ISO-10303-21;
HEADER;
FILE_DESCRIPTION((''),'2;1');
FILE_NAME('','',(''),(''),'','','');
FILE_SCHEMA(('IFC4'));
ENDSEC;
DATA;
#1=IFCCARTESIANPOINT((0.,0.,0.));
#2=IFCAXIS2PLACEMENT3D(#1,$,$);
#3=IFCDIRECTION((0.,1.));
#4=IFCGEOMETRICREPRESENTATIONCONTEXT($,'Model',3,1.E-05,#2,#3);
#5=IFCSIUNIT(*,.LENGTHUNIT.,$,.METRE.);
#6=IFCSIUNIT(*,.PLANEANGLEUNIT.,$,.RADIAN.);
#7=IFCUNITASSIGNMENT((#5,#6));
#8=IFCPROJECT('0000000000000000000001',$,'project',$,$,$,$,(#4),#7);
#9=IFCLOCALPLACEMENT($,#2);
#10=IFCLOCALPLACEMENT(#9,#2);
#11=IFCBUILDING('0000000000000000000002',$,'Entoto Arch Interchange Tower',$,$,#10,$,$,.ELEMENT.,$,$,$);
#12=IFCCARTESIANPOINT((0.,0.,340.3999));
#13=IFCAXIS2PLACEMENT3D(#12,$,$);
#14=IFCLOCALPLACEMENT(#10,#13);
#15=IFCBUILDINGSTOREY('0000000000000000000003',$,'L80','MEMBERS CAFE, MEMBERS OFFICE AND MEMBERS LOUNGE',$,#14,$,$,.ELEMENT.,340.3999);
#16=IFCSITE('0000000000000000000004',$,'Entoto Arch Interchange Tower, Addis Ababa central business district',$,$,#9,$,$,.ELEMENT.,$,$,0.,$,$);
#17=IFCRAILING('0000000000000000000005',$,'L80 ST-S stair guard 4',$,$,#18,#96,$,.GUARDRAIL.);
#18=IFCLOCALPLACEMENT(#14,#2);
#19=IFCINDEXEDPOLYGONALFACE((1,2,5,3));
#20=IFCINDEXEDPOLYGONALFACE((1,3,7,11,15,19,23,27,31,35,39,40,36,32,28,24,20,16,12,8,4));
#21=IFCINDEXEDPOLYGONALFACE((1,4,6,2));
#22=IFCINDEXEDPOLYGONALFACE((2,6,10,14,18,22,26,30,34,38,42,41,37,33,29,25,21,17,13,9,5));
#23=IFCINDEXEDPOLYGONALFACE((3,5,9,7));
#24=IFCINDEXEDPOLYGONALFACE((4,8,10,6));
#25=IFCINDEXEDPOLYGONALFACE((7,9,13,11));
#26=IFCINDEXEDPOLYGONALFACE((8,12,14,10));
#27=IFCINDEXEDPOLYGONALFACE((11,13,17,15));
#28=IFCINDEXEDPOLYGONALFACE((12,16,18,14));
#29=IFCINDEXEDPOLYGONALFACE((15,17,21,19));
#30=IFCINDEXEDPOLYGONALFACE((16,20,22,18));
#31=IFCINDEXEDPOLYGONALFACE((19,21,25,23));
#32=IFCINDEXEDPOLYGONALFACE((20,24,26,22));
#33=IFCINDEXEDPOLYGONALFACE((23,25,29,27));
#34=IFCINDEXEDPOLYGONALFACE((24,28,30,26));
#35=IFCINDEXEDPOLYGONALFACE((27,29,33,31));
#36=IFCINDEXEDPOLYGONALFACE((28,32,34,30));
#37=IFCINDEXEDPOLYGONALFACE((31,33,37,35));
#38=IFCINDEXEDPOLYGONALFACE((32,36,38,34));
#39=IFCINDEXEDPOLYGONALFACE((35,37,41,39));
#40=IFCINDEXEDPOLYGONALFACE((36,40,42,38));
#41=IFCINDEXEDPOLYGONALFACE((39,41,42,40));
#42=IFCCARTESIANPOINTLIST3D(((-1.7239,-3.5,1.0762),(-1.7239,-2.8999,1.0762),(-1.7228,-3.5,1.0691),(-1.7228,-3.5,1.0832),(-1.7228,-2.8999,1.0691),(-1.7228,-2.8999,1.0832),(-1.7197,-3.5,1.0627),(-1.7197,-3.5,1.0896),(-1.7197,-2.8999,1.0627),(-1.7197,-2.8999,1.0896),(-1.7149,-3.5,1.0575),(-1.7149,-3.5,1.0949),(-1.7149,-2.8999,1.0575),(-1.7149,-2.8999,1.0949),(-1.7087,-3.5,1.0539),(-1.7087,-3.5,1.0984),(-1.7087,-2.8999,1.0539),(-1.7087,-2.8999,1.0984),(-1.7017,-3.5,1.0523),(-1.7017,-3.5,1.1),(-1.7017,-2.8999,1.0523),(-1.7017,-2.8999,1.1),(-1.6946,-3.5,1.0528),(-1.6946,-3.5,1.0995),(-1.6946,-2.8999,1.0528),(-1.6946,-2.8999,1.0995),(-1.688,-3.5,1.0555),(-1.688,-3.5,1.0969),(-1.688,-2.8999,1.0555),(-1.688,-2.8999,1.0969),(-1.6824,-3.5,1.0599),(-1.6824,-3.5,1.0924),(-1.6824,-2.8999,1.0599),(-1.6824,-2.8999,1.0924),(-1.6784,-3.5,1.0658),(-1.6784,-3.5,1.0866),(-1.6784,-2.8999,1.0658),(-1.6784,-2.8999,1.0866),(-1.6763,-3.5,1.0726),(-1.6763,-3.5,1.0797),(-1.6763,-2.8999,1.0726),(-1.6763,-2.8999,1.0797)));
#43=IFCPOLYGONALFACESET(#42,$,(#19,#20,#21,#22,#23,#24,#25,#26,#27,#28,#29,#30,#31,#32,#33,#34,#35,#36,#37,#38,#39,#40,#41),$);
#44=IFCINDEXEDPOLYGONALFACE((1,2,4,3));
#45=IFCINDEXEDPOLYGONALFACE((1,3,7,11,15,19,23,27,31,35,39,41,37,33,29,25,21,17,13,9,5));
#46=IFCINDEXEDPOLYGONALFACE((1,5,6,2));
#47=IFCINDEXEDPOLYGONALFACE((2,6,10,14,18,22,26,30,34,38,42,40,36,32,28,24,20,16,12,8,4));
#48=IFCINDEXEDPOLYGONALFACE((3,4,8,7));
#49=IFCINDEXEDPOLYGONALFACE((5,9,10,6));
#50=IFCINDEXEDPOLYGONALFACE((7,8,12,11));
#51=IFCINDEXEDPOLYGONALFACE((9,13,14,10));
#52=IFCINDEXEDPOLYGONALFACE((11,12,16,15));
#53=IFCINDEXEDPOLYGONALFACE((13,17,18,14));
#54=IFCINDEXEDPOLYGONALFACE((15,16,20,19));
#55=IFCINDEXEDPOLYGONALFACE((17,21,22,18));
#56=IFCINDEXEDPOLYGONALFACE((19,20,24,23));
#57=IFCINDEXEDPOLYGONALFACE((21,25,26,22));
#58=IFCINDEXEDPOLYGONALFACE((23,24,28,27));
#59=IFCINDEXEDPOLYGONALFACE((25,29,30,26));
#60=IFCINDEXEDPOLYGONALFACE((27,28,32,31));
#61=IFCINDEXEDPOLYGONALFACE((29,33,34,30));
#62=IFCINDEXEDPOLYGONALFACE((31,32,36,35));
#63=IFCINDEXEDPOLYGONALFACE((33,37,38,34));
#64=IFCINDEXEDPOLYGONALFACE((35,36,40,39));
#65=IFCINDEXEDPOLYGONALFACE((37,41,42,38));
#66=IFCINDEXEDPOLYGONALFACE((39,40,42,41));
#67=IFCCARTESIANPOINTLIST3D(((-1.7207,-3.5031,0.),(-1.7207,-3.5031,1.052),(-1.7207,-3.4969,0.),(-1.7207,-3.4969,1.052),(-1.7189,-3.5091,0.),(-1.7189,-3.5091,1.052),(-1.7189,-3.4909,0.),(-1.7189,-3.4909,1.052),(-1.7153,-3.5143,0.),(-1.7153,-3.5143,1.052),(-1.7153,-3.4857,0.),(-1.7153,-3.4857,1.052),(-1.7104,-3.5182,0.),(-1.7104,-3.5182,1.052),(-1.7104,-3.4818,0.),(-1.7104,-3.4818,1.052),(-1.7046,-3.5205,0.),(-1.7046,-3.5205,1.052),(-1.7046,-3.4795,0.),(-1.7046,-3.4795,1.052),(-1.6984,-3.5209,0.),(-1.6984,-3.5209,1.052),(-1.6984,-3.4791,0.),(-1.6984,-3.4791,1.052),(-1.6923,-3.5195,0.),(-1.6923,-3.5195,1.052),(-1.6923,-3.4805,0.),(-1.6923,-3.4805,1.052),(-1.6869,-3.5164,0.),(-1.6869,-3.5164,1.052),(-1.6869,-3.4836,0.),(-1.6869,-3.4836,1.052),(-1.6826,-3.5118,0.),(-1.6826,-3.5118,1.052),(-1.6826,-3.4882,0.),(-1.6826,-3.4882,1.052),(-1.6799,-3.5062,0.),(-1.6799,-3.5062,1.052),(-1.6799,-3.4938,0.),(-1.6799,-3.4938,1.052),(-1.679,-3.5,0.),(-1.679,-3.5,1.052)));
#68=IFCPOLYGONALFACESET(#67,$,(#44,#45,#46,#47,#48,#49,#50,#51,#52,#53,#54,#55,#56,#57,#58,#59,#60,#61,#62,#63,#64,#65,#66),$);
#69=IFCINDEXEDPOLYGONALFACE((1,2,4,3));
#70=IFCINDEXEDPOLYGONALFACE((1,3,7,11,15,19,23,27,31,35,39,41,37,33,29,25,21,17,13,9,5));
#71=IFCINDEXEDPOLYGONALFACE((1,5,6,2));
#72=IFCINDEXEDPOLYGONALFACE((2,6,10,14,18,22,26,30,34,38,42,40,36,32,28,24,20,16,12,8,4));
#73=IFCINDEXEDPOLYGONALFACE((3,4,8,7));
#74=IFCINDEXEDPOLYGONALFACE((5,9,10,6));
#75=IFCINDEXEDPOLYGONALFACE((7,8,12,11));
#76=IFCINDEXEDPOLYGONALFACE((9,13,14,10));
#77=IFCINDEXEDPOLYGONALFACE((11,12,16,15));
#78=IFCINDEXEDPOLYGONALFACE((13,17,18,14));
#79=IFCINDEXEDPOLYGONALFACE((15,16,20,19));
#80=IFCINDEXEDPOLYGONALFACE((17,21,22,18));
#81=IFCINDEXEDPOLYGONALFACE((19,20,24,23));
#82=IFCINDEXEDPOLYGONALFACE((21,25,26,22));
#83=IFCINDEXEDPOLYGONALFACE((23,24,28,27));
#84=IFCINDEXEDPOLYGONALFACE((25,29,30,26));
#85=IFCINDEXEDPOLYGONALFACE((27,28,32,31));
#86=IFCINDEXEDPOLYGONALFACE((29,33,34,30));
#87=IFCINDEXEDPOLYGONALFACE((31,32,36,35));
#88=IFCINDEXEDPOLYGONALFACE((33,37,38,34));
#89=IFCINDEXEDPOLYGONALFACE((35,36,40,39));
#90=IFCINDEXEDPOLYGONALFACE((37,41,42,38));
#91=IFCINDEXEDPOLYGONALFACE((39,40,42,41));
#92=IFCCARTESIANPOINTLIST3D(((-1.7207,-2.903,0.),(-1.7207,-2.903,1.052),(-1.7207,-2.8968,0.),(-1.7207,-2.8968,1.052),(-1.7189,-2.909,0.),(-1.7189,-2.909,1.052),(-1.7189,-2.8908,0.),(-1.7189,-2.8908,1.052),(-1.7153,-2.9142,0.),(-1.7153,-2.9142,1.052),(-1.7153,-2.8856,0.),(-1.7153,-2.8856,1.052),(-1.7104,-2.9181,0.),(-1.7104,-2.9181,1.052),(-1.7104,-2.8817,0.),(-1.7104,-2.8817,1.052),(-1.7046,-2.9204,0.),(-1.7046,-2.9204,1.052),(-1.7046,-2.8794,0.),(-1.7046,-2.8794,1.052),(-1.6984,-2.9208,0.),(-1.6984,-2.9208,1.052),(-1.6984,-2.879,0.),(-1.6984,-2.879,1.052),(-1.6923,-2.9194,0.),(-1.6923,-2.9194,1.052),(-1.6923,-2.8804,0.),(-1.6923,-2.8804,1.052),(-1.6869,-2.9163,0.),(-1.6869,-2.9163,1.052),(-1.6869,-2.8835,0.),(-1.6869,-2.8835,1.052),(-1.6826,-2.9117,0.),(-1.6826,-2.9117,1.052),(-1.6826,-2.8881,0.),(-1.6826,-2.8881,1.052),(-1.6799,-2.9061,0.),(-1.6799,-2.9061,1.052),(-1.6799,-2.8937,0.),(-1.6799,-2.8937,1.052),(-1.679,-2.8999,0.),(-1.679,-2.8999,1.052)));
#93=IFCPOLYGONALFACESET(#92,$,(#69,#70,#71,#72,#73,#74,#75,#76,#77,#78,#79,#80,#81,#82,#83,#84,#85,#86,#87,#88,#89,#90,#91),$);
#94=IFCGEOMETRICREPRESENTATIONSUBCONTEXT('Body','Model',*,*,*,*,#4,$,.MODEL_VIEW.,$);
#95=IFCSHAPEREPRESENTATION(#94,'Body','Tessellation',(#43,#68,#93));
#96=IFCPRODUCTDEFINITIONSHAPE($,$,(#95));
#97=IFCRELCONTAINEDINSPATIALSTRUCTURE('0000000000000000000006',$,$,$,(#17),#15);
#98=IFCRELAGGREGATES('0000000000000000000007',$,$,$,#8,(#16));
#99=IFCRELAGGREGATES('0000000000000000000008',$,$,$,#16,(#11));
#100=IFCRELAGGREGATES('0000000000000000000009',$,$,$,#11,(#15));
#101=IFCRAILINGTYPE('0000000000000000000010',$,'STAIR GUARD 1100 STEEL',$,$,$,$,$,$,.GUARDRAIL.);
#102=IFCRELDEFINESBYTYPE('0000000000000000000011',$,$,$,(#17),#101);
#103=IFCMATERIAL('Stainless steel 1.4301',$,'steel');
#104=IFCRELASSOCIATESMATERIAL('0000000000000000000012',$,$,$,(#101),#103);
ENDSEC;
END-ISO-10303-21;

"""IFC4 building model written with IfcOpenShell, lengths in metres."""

from ifc_helpers import new_model, si_unit, direction, frame, origin, origin_2d, place, context, subcontext, project, spatial, circle, extrude, material, type_object, element, save


model = new_model("IFC4")

# Units and contexts
model_context = context("Model", 3, precision=1e-05, world=origin(), true_north=direction((0.0, 1.0)))
body_context = subcontext(model_context, "Body", "Model", "MODEL_VIEW")
ifc_project = project(units=[si_unit("LENGTHUNIT", "METRE"), si_unit("PLANEANGLEUNIT", "RADIAN")], contexts=[model_context])

# Site, building, storey
site_placement = place(None, origin())
site = spatial("IfcSite", under=ifc_project, at=site_placement, Name="Entoto Arch Interchange Tower, Addis Ababa central business district", CompositionType="ELEMENT", RefElevation=0.0)
building_placement = place(site_placement, origin())
building = spatial("IfcBuilding", under=site, at=building_placement, Name="Entoto Arch Interchange Tower", CompositionType="ELEMENT")
storey_placement = place(building_placement, frame((0.0, 0.0, 340.3999)))
storey = spatial("IfcBuildingStorey", under=building, at=storey_placement, Name="L80", Description="MEMBERS CAFE, MEMBERS OFFICE AND MEMBERS LOUNGE", CompositionType="ELEMENT", Elevation=340.3999)

# Railing
ifc_material_1 = material(Name="Stainless steel 1.4301", Category="steel")
railing_type_1 = type_object("IfcRailingType", Name="STAIR GUARD 1100 STEEL", PredefinedType="GUARDRAIL", material=ifc_material_1)
railing_1_placement = place(storey_placement, frame((-1.7, -3.5, 0.0)))
element("IfcRailing", 1, at=railing_1_placement, inside=storey, type_object=railing_type_1, Name="L80 ST-S stair guard 4", PredefinedType="GUARDRAIL", context=body_context, shape_type="SweptSolid", body=[
    extrude(circle(Radius=0.0239, at=origin_2d()), frame((0.0, 0.0, 1.0762), z_axis=(0.0, 1.0, 0.0), x_axis=(-1.0, 0.0, 0.0)), (0.0, 0.0, 1.0), 0.6001),
    extrude(circle(Radius=0.021, at=origin_2d()), origin(), (0.0, 0.0, 1.0), 1.052),
    extrude(circle(Radius=0.021, at=origin_2d()), frame((0.0, 0.6001, 0.0)), (0.0, 0.0, 1.0), 1.052),
])

save(model, "model.ifc")
